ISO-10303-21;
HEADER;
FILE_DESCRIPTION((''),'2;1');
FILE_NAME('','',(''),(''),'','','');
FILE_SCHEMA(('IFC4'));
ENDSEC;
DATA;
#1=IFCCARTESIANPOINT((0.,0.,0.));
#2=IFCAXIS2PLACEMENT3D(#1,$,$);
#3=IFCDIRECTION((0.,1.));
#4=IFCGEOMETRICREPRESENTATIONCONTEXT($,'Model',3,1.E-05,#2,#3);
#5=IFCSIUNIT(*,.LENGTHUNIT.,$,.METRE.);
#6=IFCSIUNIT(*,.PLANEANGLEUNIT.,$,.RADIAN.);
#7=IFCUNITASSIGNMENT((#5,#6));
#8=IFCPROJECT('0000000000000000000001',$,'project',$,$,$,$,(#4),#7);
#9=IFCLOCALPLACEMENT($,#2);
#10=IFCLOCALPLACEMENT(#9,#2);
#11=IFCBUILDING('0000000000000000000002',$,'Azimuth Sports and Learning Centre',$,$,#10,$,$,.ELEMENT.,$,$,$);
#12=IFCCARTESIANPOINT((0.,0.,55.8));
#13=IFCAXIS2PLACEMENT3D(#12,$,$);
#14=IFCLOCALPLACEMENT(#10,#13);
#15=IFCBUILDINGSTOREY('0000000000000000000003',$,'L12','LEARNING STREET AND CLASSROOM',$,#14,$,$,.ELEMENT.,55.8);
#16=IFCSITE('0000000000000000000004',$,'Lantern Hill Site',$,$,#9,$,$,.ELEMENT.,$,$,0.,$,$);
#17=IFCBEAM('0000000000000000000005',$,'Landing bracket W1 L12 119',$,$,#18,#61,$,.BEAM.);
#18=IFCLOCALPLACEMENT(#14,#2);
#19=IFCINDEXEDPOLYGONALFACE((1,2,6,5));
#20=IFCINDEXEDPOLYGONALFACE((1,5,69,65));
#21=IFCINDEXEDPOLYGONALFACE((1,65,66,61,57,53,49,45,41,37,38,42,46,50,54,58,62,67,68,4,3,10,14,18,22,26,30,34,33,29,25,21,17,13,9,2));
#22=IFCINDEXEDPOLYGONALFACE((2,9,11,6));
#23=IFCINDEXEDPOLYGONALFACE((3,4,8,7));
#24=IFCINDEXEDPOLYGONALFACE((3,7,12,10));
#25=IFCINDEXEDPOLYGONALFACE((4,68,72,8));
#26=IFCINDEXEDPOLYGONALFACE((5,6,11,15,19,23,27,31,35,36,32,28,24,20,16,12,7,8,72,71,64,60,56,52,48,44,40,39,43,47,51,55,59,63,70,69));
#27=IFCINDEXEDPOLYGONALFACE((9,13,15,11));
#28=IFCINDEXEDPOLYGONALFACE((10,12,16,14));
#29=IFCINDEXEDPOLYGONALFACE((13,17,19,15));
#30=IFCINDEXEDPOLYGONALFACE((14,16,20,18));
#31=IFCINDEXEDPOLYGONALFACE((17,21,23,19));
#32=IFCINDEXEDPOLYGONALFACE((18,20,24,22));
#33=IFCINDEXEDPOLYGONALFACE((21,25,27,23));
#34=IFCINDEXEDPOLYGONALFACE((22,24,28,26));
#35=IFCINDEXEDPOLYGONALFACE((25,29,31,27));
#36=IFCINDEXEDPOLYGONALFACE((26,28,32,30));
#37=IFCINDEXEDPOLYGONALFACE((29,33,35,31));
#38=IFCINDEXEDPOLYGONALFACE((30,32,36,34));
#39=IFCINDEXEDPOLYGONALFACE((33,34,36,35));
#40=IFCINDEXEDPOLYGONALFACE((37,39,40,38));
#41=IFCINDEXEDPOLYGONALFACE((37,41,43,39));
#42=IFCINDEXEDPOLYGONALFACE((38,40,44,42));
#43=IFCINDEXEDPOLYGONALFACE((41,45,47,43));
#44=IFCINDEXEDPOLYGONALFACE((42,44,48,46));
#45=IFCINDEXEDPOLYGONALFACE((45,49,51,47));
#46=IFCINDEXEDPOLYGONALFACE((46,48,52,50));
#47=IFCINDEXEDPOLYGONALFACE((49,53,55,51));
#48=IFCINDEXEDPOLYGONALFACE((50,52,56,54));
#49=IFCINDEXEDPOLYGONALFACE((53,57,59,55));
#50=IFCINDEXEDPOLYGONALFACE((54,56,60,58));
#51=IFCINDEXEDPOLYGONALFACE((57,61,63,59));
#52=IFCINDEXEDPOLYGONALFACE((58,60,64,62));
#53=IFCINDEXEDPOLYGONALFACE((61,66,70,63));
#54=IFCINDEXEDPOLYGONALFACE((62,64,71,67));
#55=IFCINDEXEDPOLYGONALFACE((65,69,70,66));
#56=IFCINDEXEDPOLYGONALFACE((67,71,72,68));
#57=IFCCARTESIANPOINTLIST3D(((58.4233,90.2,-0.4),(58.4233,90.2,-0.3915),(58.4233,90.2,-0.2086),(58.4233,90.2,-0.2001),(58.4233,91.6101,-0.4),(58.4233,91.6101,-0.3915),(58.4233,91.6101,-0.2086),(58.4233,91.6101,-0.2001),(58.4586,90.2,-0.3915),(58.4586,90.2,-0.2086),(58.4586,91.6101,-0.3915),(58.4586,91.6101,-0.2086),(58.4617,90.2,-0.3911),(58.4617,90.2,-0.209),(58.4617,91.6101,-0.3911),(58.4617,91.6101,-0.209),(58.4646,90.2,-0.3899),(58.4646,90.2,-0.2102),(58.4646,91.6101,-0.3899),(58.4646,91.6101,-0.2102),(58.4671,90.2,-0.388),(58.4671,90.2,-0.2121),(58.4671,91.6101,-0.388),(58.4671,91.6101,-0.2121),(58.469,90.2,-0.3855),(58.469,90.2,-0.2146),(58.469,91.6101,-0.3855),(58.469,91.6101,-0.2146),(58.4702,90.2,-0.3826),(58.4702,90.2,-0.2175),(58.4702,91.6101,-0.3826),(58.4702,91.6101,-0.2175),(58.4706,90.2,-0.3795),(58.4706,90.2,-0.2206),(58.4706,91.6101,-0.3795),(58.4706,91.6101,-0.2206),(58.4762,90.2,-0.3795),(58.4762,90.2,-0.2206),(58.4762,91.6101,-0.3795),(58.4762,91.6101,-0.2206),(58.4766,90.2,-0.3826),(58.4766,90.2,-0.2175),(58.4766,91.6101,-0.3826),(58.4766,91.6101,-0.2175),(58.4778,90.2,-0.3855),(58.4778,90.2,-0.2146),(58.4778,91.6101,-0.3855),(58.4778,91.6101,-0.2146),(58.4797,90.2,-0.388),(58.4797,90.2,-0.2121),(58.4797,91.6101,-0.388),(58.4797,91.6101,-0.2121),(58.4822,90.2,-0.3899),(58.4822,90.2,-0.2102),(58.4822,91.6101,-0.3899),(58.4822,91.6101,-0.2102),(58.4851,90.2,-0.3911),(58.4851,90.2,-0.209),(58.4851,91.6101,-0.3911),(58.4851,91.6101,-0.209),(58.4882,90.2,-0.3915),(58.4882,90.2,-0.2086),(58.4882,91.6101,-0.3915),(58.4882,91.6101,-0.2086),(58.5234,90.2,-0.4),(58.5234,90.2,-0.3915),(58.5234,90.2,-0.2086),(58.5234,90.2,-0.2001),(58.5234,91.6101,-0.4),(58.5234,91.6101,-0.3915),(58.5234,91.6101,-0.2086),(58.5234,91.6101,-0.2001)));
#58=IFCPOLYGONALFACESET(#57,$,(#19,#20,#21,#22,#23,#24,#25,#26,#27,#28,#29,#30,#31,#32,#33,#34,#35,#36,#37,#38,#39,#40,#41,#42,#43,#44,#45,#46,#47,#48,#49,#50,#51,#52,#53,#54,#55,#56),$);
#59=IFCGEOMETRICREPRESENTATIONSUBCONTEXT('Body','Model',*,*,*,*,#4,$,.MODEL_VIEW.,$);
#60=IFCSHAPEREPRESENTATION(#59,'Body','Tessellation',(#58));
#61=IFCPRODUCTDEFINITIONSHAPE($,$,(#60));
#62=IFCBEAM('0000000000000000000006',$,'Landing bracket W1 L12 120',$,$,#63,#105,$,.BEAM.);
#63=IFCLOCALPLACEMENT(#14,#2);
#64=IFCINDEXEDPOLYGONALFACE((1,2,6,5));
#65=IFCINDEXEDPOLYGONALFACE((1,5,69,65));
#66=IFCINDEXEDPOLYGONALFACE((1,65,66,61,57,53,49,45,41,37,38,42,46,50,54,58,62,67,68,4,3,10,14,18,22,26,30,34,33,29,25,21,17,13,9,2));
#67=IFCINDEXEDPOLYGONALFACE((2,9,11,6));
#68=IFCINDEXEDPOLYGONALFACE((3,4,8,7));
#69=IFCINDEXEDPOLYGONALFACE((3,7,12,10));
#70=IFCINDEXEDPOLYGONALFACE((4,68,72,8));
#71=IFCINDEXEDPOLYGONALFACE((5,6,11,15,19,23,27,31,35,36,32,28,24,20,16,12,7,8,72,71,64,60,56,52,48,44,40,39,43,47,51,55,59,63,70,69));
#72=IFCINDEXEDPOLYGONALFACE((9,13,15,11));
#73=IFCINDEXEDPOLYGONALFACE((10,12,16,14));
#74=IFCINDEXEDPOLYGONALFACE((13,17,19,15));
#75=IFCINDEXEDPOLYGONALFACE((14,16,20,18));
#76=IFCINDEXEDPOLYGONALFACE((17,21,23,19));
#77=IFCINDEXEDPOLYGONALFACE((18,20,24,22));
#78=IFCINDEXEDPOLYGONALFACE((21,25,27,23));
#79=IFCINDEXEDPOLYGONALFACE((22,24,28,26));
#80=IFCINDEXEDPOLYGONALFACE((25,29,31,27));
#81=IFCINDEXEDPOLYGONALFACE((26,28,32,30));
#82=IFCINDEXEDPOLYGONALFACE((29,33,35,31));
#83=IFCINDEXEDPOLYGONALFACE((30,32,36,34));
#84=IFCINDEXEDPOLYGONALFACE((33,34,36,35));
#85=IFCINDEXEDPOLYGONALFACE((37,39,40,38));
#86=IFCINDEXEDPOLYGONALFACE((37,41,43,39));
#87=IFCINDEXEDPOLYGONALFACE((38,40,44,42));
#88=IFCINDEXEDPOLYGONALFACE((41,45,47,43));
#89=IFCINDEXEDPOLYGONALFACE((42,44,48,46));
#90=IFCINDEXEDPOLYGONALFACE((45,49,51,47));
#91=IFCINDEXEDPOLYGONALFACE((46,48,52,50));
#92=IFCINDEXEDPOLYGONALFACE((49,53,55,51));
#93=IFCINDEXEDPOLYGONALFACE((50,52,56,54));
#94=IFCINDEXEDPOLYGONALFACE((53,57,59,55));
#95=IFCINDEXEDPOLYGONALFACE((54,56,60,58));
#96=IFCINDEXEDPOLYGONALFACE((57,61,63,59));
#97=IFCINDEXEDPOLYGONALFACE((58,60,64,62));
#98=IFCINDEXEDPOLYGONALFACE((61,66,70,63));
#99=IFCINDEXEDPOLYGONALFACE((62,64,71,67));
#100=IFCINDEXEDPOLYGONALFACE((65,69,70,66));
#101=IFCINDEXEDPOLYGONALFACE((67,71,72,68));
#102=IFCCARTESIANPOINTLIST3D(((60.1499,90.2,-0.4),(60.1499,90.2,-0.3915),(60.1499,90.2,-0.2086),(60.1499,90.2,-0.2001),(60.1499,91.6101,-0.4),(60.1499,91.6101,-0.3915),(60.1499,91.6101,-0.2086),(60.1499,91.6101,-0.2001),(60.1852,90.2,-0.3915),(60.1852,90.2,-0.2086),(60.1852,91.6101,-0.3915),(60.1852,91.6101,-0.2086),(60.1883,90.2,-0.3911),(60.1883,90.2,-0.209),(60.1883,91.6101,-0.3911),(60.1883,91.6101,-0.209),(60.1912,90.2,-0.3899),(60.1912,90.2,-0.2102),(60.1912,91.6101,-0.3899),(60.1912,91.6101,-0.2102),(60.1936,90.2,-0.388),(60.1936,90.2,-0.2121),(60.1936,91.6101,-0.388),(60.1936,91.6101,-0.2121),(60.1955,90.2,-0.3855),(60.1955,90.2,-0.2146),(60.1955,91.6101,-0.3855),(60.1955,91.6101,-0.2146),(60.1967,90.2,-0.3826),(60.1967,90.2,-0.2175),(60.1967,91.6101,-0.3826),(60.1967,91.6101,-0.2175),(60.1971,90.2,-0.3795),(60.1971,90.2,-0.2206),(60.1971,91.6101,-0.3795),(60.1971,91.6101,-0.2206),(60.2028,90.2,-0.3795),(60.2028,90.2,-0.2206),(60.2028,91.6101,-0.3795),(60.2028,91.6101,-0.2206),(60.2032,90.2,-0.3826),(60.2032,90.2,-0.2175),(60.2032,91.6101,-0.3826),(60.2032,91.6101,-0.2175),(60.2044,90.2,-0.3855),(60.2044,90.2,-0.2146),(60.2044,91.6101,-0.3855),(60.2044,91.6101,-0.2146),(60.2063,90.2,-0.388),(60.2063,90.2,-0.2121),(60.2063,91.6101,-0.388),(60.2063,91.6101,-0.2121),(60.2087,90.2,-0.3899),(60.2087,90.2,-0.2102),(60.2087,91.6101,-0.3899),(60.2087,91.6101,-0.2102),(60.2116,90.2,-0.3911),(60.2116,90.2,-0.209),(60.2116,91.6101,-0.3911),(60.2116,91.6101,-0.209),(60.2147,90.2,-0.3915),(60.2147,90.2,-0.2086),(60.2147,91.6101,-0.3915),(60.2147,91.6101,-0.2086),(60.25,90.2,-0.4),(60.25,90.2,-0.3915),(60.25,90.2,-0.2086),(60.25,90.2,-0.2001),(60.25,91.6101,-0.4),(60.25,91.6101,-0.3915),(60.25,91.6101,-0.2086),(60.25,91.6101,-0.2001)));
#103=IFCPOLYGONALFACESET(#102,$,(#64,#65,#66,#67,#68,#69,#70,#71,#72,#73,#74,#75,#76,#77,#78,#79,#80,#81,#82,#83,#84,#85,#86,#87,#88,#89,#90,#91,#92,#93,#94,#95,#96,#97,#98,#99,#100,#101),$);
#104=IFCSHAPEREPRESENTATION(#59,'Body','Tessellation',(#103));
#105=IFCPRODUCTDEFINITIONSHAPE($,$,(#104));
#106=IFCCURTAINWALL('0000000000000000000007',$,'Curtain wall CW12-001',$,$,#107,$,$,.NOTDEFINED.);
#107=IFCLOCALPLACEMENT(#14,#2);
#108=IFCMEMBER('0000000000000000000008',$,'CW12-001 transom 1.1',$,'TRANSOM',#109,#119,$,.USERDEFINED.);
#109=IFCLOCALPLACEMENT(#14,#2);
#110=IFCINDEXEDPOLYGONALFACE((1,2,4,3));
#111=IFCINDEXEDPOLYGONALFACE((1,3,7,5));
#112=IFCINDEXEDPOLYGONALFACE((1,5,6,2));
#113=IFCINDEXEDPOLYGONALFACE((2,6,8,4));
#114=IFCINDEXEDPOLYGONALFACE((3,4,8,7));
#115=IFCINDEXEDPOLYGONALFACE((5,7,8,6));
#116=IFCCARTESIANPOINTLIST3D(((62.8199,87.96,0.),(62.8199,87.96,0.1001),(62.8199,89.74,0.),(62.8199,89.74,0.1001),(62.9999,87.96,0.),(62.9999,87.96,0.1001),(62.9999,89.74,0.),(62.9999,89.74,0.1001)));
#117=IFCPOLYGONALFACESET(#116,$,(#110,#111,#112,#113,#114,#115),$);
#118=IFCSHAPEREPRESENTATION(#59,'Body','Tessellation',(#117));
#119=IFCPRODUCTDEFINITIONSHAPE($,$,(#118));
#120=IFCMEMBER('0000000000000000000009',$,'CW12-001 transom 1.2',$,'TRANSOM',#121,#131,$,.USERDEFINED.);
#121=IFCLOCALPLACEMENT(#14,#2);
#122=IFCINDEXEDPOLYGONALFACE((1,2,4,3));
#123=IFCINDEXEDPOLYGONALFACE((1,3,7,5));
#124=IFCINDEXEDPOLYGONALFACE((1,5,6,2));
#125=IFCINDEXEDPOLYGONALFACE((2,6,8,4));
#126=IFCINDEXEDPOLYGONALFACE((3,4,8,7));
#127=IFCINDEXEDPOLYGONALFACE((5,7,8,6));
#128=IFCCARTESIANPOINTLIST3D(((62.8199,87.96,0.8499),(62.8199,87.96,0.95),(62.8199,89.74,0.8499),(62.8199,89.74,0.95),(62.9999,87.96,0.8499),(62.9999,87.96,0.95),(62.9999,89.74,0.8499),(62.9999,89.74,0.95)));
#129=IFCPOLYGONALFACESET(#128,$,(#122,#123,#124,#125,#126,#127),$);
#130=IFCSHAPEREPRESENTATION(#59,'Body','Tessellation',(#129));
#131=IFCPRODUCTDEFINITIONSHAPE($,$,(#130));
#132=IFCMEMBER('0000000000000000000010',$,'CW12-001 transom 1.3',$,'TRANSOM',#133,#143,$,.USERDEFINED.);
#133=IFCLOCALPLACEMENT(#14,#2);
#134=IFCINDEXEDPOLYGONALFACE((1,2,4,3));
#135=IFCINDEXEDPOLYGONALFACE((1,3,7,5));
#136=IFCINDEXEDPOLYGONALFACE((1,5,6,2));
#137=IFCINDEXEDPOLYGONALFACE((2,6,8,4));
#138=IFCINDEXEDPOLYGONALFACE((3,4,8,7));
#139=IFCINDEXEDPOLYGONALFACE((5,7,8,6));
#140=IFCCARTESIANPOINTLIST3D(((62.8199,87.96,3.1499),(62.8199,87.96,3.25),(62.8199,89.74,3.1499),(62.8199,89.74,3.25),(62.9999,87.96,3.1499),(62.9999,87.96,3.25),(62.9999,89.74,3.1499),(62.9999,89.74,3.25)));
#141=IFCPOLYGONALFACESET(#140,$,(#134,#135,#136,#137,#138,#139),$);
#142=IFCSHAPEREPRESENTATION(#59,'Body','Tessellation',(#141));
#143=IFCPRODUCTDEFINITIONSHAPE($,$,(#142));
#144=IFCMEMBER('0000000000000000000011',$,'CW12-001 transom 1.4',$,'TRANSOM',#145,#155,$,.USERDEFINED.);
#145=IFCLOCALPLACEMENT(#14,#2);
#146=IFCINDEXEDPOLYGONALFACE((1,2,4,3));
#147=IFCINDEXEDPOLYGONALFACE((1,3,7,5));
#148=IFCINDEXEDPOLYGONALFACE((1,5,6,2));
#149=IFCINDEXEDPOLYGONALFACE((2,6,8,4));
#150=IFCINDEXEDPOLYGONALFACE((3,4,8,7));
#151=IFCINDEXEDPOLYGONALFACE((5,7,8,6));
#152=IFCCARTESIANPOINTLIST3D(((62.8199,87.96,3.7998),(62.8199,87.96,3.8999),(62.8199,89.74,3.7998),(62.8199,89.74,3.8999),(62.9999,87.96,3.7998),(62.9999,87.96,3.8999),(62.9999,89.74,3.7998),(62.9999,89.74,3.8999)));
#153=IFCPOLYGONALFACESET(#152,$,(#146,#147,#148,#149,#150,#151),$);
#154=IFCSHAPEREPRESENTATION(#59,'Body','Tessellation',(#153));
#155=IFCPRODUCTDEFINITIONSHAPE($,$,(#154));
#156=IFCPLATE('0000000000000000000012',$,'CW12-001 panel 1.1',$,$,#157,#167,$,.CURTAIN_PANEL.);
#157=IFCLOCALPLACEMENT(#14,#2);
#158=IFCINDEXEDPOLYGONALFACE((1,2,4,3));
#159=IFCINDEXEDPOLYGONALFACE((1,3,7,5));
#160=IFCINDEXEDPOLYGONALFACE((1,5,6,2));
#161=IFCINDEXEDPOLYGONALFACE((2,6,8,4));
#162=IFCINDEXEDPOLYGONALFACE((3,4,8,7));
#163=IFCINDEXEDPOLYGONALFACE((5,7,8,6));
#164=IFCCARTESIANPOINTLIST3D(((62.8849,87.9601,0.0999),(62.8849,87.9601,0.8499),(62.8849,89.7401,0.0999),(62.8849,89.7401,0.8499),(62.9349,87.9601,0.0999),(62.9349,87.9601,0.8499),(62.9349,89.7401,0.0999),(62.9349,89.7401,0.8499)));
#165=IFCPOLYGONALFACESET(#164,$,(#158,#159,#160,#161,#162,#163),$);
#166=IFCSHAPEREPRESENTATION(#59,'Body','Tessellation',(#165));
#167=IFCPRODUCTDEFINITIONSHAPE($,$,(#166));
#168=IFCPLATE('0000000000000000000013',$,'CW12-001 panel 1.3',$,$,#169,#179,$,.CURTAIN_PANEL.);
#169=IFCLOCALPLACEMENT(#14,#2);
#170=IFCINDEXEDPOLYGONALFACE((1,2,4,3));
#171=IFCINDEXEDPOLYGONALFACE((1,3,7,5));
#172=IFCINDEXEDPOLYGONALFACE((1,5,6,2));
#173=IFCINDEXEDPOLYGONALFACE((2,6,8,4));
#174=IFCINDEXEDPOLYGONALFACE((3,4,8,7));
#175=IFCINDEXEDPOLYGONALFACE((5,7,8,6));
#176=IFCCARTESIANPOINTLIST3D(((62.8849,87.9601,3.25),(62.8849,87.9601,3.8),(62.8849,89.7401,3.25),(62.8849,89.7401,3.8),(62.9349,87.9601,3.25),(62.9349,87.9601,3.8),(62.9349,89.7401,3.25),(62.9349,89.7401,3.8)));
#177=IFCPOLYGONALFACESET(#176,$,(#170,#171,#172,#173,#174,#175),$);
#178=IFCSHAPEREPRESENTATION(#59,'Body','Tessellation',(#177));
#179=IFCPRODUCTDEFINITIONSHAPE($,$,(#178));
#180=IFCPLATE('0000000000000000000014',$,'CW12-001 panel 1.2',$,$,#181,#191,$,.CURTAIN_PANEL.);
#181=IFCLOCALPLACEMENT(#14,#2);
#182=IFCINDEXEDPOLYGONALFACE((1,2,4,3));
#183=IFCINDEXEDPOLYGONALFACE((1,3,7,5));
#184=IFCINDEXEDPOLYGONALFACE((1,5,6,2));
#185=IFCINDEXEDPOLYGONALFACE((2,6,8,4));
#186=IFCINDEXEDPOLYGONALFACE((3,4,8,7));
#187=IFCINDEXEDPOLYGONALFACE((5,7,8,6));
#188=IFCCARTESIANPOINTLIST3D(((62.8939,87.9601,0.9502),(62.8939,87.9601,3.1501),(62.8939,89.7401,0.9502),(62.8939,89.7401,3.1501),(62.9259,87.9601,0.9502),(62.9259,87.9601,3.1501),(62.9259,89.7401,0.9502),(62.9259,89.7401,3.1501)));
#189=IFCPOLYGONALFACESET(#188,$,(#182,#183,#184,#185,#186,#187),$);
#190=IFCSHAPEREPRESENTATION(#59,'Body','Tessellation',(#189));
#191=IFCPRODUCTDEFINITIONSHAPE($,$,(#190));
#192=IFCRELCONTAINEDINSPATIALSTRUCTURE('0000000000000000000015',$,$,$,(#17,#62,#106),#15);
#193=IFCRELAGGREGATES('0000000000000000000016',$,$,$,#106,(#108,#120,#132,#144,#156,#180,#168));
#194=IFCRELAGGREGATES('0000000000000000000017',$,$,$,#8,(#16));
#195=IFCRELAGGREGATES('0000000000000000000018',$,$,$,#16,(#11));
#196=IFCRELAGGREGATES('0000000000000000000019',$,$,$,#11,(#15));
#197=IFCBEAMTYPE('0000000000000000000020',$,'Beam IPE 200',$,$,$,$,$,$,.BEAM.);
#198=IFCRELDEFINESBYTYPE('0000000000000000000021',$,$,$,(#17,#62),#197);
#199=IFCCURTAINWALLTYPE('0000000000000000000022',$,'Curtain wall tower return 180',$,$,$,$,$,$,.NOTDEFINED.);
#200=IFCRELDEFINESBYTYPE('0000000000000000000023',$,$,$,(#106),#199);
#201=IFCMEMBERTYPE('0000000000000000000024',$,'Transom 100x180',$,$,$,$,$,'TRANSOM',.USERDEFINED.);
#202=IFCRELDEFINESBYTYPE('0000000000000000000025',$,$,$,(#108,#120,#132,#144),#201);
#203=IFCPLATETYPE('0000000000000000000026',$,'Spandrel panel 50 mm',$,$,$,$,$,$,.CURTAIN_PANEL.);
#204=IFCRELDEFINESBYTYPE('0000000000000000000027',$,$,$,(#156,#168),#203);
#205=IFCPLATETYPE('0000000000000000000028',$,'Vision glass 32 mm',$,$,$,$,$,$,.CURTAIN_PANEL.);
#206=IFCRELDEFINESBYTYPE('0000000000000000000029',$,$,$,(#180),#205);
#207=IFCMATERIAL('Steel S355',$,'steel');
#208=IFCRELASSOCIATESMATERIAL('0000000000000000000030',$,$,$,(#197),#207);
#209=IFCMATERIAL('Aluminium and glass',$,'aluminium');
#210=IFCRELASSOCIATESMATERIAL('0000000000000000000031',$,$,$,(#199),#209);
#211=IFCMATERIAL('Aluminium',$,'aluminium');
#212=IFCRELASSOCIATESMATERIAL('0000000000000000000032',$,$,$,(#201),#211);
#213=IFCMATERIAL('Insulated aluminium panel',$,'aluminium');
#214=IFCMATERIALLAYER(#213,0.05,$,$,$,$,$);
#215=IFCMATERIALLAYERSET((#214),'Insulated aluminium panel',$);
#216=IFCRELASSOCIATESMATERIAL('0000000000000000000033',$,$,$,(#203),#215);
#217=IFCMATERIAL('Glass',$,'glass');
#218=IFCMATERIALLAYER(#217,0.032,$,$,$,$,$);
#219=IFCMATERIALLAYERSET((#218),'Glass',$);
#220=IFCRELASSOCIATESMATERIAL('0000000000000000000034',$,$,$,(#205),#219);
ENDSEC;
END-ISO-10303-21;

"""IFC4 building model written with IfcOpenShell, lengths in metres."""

from ifc_helpers import new_model, si_unit, direction, frame, origin, origin_2d, place, context, subcontext, project, spatial, rectangle, i_section, extrude, material, layer, layer_set, material_profile, profile_set, type_object, element, aggregate, save


model = new_model("IFC4")

# Units and contexts
model_context = context("Model", 3, precision=1e-05, world=origin(), true_north=direction((0.0, 1.0)))
body_context = subcontext(model_context, "Body", "Model", "MODEL_VIEW")
ifc_project = project(units=[si_unit("LENGTHUNIT", "METRE"), si_unit("PLANEANGLEUNIT", "RADIAN")], contexts=[model_context])

# Site, building, storey
site_placement = place(None, origin())
site = spatial("IfcSite", under=ifc_project, at=site_placement, Name="Lantern Hill Site", CompositionType="ELEMENT", RefElevation=0.0)
building_placement = place(site_placement, origin())
building = spatial("IfcBuilding", under=site, at=building_placement, Name="Azimuth Sports and Learning Centre", CompositionType="ELEMENT")
storey_placement = place(building_placement, frame((0.0, 0.0, 55.8)))
storey = spatial("IfcBuildingStorey", under=building, at=storey_placement, Name="L12", Description="LEARNING STREET AND CLASSROOM", CompositionType="ELEMENT", Elevation=55.8)

# Beams
ifc_material_1 = material(Name="Steel S355", Category="steel")
ifc_material_profile_1 = material_profile(ifc_material_1, i_section(OverallWidth=0.1001, OverallDepth=0.2, WebThickness=0.0056, FlangeThickness=0.0085, FilletRadius=0.012, at=origin_2d()), Name="IPE 200")
ifc_profile_set_1 = profile_set([ifc_material_profile_1], Name="Steel S355")
beam_type = type_object("IfcBeamType", Name="Beam IPE 200", PredefinedType="BEAM", material=ifc_profile_set_1)
for number, where, z_axis, x_axis, name in (
    (1, (58.4734, 90.2, -0.3), (0.0, 1.0, 0.0), (-1.0, 0.0, 0.0), "Landing bracket W1 L12 119"),
    (2, (60.2, 90.2, -0.3), (0.0, 1.0, 0.0), (-1.0, 0.0, 0.0), "Landing bracket W1 L12 120"),
):
    element("IfcBeam", number, at=place(storey_placement, frame(where, z_axis=z_axis, x_axis=x_axis)), inside=storey, type_object=beam_type, Name=name, PredefinedType="BEAM", context=body_context, shape_type="SweptSolid", body=[
        extrude(i_section(OverallWidth=0.1001, OverallDepth=0.2, WebThickness=0.0056, FlangeThickness=0.0085, FilletRadius=0.012, at=origin_2d()), origin(), (0.0, 0.0, 1.0), 1.4102),
    ])

# Curtain wall, members, plates
ifc_material_2 = material(Name="Aluminium and glass", Category="aluminium")
curtain_wall_type = type_object("IfcCurtainWallType", Name="Curtain wall tower return 180", PredefinedType="NOTDEFINED", material=ifc_material_2)
curtain_wall_placement = place(storey_placement, origin())
curtain_wall = element("IfcCurtainWall", 3, at=curtain_wall_placement, inside=storey, type_object=curtain_wall_type, Name="Curtain wall CW12-001", PredefinedType="NOTDEFINED")
ifc_material_3 = material(Name="Aluminium", Category="aluminium")
ifc_material_profile_2 = material_profile(ifc_material_3, rectangle(XDim=0.1799, YDim=0.1001, at=origin_2d()), Name="Transom 100x180")
ifc_profile_set_2 = profile_set([ifc_material_profile_2], Name="Aluminium")
member_type = type_object("IfcMemberType", Name="Transom 100x180", ElementType="TRANSOM", PredefinedType="USERDEFINED", material=ifc_profile_set_2)
member_1_placement = place(storey_placement, frame((62.9099, 89.74, 0.05), z_axis=(0.0, -1.0, 0.0), x_axis=(1.0, 0.0, 0.0)))
member_1 = element("IfcMember", 4, at=member_1_placement, type_object=member_type, Name="CW12-001 transom 1.1", ObjectType="TRANSOM", PredefinedType="USERDEFINED", context=body_context, shape_type="SweptSolid", body=[
    extrude(rectangle(XDim=0.1799, YDim=0.1001, at=origin_2d()), origin(), (0.0, 0.0, 1.0), 1.78),
])
member_2_placement = place(storey_placement, frame((62.9099, 89.74, 0.8999), z_axis=(0.0, -1.0, 0.0), x_axis=(1.0, 0.0, 0.0)))
member_2 = element("IfcMember", 5, at=member_2_placement, type_object=member_type, Name="CW12-001 transom 1.2", ObjectType="TRANSOM", PredefinedType="USERDEFINED", context=body_context, shape_type="SweptSolid", body=[
    extrude(rectangle(XDim=0.1799, YDim=0.1001, at=origin_2d()), origin(), (0.0, 0.0, 1.0), 1.78),
])
member_3_placement = place(storey_placement, frame((62.9099, 89.74, 3.2), z_axis=(0.0, -1.0, 0.0), x_axis=(1.0, 0.0, 0.0)))
member_3 = element("IfcMember", 6, at=member_3_placement, type_object=member_type, Name="CW12-001 transom 1.3", ObjectType="TRANSOM", PredefinedType="USERDEFINED", context=body_context, shape_type="SweptSolid", body=[
    extrude(rectangle(XDim=0.1799, YDim=0.1001, at=origin_2d()), origin(), (0.0, 0.0, 1.0), 1.78),
])
member_4_placement = place(storey_placement, frame((62.9099, 89.74, 3.8499), z_axis=(0.0, -1.0, 0.0), x_axis=(1.0, 0.0, 0.0)))
member_4 = element("IfcMember", 7, at=member_4_placement, type_object=member_type, Name="CW12-001 transom 1.4", ObjectType="TRANSOM", PredefinedType="USERDEFINED", context=body_context, shape_type="SweptSolid", body=[
    extrude(rectangle(XDim=0.1799, YDim=0.1001, at=origin_2d()), origin(), (0.0, 0.0, 1.0), 1.78),
])
ifc_material_4 = material(Name="Insulated aluminium panel", Category="aluminium")
ifc_layer_1 = layer(ifc_material_4, 0.05)
ifc_layer_set_1 = layer_set([ifc_layer_1], Name="Insulated aluminium panel")
plate_type_1 = type_object("IfcPlateType", Name="Spandrel panel 50 mm", PredefinedType="CURTAIN_PANEL", material=ifc_layer_set_1)
plate_1_placement = place(storey_placement, frame((62.9099, 88.8501, 0.0999), z_axis=(0.0, 0.0, 1.0), x_axis=(0.0, -1.0, 0.0)))
plate_1 = element("IfcPlate", 8, at=plate_1_placement, type_object=plate_type_1, Name="CW12-001 panel 1.1", PredefinedType="CURTAIN_PANEL", context=body_context, shape_type="SweptSolid", body=[
    extrude(rectangle(XDim=1.78, YDim=0.05, at=origin_2d()), origin(), (0.0, 0.0, 1.0), 0.75),
])
plate_2_placement = place(storey_placement, frame((62.9099, 88.8501, 3.25), z_axis=(0.0, 0.0, 1.0), x_axis=(0.0, -1.0, 0.0)))
plate_2 = element("IfcPlate", 9, at=plate_2_placement, type_object=plate_type_1, Name="CW12-001 panel 1.3", PredefinedType="CURTAIN_PANEL", context=body_context, shape_type="SweptSolid", body=[
    extrude(rectangle(XDim=1.78, YDim=0.05, at=origin_2d()), origin(), (0.0, 0.0, 1.0), 0.55),
])
ifc_material_5 = material(Name="Glass", Category="glass")
ifc_layer_2 = layer(ifc_material_5, 0.032)
ifc_layer_set_2 = layer_set([ifc_layer_2], Name="Glass")
plate_type_2 = type_object("IfcPlateType", Name="Vision glass 32 mm", PredefinedType="CURTAIN_PANEL", material=ifc_layer_set_2)
plate_3_placement = place(storey_placement, frame((62.9099, 88.8501, 0.9502), z_axis=(0.0, 0.0, 1.0), x_axis=(0.0, -1.0, 0.0)))
plate_3 = element("IfcPlate", 10, at=plate_3_placement, type_object=plate_type_2, Name="CW12-001 panel 1.2", PredefinedType="CURTAIN_PANEL", context=body_context, shape_type="SweptSolid", body=[
    extrude(rectangle(XDim=1.78, YDim=0.032, at=origin_2d()), origin(), (0.0, 0.0, 1.0), 2.2),
])
aggregate(curtain_wall, [member_1, member_2, member_3, member_4, plate_1, plate_3, plate_2])

save(model, "model.ifc")
